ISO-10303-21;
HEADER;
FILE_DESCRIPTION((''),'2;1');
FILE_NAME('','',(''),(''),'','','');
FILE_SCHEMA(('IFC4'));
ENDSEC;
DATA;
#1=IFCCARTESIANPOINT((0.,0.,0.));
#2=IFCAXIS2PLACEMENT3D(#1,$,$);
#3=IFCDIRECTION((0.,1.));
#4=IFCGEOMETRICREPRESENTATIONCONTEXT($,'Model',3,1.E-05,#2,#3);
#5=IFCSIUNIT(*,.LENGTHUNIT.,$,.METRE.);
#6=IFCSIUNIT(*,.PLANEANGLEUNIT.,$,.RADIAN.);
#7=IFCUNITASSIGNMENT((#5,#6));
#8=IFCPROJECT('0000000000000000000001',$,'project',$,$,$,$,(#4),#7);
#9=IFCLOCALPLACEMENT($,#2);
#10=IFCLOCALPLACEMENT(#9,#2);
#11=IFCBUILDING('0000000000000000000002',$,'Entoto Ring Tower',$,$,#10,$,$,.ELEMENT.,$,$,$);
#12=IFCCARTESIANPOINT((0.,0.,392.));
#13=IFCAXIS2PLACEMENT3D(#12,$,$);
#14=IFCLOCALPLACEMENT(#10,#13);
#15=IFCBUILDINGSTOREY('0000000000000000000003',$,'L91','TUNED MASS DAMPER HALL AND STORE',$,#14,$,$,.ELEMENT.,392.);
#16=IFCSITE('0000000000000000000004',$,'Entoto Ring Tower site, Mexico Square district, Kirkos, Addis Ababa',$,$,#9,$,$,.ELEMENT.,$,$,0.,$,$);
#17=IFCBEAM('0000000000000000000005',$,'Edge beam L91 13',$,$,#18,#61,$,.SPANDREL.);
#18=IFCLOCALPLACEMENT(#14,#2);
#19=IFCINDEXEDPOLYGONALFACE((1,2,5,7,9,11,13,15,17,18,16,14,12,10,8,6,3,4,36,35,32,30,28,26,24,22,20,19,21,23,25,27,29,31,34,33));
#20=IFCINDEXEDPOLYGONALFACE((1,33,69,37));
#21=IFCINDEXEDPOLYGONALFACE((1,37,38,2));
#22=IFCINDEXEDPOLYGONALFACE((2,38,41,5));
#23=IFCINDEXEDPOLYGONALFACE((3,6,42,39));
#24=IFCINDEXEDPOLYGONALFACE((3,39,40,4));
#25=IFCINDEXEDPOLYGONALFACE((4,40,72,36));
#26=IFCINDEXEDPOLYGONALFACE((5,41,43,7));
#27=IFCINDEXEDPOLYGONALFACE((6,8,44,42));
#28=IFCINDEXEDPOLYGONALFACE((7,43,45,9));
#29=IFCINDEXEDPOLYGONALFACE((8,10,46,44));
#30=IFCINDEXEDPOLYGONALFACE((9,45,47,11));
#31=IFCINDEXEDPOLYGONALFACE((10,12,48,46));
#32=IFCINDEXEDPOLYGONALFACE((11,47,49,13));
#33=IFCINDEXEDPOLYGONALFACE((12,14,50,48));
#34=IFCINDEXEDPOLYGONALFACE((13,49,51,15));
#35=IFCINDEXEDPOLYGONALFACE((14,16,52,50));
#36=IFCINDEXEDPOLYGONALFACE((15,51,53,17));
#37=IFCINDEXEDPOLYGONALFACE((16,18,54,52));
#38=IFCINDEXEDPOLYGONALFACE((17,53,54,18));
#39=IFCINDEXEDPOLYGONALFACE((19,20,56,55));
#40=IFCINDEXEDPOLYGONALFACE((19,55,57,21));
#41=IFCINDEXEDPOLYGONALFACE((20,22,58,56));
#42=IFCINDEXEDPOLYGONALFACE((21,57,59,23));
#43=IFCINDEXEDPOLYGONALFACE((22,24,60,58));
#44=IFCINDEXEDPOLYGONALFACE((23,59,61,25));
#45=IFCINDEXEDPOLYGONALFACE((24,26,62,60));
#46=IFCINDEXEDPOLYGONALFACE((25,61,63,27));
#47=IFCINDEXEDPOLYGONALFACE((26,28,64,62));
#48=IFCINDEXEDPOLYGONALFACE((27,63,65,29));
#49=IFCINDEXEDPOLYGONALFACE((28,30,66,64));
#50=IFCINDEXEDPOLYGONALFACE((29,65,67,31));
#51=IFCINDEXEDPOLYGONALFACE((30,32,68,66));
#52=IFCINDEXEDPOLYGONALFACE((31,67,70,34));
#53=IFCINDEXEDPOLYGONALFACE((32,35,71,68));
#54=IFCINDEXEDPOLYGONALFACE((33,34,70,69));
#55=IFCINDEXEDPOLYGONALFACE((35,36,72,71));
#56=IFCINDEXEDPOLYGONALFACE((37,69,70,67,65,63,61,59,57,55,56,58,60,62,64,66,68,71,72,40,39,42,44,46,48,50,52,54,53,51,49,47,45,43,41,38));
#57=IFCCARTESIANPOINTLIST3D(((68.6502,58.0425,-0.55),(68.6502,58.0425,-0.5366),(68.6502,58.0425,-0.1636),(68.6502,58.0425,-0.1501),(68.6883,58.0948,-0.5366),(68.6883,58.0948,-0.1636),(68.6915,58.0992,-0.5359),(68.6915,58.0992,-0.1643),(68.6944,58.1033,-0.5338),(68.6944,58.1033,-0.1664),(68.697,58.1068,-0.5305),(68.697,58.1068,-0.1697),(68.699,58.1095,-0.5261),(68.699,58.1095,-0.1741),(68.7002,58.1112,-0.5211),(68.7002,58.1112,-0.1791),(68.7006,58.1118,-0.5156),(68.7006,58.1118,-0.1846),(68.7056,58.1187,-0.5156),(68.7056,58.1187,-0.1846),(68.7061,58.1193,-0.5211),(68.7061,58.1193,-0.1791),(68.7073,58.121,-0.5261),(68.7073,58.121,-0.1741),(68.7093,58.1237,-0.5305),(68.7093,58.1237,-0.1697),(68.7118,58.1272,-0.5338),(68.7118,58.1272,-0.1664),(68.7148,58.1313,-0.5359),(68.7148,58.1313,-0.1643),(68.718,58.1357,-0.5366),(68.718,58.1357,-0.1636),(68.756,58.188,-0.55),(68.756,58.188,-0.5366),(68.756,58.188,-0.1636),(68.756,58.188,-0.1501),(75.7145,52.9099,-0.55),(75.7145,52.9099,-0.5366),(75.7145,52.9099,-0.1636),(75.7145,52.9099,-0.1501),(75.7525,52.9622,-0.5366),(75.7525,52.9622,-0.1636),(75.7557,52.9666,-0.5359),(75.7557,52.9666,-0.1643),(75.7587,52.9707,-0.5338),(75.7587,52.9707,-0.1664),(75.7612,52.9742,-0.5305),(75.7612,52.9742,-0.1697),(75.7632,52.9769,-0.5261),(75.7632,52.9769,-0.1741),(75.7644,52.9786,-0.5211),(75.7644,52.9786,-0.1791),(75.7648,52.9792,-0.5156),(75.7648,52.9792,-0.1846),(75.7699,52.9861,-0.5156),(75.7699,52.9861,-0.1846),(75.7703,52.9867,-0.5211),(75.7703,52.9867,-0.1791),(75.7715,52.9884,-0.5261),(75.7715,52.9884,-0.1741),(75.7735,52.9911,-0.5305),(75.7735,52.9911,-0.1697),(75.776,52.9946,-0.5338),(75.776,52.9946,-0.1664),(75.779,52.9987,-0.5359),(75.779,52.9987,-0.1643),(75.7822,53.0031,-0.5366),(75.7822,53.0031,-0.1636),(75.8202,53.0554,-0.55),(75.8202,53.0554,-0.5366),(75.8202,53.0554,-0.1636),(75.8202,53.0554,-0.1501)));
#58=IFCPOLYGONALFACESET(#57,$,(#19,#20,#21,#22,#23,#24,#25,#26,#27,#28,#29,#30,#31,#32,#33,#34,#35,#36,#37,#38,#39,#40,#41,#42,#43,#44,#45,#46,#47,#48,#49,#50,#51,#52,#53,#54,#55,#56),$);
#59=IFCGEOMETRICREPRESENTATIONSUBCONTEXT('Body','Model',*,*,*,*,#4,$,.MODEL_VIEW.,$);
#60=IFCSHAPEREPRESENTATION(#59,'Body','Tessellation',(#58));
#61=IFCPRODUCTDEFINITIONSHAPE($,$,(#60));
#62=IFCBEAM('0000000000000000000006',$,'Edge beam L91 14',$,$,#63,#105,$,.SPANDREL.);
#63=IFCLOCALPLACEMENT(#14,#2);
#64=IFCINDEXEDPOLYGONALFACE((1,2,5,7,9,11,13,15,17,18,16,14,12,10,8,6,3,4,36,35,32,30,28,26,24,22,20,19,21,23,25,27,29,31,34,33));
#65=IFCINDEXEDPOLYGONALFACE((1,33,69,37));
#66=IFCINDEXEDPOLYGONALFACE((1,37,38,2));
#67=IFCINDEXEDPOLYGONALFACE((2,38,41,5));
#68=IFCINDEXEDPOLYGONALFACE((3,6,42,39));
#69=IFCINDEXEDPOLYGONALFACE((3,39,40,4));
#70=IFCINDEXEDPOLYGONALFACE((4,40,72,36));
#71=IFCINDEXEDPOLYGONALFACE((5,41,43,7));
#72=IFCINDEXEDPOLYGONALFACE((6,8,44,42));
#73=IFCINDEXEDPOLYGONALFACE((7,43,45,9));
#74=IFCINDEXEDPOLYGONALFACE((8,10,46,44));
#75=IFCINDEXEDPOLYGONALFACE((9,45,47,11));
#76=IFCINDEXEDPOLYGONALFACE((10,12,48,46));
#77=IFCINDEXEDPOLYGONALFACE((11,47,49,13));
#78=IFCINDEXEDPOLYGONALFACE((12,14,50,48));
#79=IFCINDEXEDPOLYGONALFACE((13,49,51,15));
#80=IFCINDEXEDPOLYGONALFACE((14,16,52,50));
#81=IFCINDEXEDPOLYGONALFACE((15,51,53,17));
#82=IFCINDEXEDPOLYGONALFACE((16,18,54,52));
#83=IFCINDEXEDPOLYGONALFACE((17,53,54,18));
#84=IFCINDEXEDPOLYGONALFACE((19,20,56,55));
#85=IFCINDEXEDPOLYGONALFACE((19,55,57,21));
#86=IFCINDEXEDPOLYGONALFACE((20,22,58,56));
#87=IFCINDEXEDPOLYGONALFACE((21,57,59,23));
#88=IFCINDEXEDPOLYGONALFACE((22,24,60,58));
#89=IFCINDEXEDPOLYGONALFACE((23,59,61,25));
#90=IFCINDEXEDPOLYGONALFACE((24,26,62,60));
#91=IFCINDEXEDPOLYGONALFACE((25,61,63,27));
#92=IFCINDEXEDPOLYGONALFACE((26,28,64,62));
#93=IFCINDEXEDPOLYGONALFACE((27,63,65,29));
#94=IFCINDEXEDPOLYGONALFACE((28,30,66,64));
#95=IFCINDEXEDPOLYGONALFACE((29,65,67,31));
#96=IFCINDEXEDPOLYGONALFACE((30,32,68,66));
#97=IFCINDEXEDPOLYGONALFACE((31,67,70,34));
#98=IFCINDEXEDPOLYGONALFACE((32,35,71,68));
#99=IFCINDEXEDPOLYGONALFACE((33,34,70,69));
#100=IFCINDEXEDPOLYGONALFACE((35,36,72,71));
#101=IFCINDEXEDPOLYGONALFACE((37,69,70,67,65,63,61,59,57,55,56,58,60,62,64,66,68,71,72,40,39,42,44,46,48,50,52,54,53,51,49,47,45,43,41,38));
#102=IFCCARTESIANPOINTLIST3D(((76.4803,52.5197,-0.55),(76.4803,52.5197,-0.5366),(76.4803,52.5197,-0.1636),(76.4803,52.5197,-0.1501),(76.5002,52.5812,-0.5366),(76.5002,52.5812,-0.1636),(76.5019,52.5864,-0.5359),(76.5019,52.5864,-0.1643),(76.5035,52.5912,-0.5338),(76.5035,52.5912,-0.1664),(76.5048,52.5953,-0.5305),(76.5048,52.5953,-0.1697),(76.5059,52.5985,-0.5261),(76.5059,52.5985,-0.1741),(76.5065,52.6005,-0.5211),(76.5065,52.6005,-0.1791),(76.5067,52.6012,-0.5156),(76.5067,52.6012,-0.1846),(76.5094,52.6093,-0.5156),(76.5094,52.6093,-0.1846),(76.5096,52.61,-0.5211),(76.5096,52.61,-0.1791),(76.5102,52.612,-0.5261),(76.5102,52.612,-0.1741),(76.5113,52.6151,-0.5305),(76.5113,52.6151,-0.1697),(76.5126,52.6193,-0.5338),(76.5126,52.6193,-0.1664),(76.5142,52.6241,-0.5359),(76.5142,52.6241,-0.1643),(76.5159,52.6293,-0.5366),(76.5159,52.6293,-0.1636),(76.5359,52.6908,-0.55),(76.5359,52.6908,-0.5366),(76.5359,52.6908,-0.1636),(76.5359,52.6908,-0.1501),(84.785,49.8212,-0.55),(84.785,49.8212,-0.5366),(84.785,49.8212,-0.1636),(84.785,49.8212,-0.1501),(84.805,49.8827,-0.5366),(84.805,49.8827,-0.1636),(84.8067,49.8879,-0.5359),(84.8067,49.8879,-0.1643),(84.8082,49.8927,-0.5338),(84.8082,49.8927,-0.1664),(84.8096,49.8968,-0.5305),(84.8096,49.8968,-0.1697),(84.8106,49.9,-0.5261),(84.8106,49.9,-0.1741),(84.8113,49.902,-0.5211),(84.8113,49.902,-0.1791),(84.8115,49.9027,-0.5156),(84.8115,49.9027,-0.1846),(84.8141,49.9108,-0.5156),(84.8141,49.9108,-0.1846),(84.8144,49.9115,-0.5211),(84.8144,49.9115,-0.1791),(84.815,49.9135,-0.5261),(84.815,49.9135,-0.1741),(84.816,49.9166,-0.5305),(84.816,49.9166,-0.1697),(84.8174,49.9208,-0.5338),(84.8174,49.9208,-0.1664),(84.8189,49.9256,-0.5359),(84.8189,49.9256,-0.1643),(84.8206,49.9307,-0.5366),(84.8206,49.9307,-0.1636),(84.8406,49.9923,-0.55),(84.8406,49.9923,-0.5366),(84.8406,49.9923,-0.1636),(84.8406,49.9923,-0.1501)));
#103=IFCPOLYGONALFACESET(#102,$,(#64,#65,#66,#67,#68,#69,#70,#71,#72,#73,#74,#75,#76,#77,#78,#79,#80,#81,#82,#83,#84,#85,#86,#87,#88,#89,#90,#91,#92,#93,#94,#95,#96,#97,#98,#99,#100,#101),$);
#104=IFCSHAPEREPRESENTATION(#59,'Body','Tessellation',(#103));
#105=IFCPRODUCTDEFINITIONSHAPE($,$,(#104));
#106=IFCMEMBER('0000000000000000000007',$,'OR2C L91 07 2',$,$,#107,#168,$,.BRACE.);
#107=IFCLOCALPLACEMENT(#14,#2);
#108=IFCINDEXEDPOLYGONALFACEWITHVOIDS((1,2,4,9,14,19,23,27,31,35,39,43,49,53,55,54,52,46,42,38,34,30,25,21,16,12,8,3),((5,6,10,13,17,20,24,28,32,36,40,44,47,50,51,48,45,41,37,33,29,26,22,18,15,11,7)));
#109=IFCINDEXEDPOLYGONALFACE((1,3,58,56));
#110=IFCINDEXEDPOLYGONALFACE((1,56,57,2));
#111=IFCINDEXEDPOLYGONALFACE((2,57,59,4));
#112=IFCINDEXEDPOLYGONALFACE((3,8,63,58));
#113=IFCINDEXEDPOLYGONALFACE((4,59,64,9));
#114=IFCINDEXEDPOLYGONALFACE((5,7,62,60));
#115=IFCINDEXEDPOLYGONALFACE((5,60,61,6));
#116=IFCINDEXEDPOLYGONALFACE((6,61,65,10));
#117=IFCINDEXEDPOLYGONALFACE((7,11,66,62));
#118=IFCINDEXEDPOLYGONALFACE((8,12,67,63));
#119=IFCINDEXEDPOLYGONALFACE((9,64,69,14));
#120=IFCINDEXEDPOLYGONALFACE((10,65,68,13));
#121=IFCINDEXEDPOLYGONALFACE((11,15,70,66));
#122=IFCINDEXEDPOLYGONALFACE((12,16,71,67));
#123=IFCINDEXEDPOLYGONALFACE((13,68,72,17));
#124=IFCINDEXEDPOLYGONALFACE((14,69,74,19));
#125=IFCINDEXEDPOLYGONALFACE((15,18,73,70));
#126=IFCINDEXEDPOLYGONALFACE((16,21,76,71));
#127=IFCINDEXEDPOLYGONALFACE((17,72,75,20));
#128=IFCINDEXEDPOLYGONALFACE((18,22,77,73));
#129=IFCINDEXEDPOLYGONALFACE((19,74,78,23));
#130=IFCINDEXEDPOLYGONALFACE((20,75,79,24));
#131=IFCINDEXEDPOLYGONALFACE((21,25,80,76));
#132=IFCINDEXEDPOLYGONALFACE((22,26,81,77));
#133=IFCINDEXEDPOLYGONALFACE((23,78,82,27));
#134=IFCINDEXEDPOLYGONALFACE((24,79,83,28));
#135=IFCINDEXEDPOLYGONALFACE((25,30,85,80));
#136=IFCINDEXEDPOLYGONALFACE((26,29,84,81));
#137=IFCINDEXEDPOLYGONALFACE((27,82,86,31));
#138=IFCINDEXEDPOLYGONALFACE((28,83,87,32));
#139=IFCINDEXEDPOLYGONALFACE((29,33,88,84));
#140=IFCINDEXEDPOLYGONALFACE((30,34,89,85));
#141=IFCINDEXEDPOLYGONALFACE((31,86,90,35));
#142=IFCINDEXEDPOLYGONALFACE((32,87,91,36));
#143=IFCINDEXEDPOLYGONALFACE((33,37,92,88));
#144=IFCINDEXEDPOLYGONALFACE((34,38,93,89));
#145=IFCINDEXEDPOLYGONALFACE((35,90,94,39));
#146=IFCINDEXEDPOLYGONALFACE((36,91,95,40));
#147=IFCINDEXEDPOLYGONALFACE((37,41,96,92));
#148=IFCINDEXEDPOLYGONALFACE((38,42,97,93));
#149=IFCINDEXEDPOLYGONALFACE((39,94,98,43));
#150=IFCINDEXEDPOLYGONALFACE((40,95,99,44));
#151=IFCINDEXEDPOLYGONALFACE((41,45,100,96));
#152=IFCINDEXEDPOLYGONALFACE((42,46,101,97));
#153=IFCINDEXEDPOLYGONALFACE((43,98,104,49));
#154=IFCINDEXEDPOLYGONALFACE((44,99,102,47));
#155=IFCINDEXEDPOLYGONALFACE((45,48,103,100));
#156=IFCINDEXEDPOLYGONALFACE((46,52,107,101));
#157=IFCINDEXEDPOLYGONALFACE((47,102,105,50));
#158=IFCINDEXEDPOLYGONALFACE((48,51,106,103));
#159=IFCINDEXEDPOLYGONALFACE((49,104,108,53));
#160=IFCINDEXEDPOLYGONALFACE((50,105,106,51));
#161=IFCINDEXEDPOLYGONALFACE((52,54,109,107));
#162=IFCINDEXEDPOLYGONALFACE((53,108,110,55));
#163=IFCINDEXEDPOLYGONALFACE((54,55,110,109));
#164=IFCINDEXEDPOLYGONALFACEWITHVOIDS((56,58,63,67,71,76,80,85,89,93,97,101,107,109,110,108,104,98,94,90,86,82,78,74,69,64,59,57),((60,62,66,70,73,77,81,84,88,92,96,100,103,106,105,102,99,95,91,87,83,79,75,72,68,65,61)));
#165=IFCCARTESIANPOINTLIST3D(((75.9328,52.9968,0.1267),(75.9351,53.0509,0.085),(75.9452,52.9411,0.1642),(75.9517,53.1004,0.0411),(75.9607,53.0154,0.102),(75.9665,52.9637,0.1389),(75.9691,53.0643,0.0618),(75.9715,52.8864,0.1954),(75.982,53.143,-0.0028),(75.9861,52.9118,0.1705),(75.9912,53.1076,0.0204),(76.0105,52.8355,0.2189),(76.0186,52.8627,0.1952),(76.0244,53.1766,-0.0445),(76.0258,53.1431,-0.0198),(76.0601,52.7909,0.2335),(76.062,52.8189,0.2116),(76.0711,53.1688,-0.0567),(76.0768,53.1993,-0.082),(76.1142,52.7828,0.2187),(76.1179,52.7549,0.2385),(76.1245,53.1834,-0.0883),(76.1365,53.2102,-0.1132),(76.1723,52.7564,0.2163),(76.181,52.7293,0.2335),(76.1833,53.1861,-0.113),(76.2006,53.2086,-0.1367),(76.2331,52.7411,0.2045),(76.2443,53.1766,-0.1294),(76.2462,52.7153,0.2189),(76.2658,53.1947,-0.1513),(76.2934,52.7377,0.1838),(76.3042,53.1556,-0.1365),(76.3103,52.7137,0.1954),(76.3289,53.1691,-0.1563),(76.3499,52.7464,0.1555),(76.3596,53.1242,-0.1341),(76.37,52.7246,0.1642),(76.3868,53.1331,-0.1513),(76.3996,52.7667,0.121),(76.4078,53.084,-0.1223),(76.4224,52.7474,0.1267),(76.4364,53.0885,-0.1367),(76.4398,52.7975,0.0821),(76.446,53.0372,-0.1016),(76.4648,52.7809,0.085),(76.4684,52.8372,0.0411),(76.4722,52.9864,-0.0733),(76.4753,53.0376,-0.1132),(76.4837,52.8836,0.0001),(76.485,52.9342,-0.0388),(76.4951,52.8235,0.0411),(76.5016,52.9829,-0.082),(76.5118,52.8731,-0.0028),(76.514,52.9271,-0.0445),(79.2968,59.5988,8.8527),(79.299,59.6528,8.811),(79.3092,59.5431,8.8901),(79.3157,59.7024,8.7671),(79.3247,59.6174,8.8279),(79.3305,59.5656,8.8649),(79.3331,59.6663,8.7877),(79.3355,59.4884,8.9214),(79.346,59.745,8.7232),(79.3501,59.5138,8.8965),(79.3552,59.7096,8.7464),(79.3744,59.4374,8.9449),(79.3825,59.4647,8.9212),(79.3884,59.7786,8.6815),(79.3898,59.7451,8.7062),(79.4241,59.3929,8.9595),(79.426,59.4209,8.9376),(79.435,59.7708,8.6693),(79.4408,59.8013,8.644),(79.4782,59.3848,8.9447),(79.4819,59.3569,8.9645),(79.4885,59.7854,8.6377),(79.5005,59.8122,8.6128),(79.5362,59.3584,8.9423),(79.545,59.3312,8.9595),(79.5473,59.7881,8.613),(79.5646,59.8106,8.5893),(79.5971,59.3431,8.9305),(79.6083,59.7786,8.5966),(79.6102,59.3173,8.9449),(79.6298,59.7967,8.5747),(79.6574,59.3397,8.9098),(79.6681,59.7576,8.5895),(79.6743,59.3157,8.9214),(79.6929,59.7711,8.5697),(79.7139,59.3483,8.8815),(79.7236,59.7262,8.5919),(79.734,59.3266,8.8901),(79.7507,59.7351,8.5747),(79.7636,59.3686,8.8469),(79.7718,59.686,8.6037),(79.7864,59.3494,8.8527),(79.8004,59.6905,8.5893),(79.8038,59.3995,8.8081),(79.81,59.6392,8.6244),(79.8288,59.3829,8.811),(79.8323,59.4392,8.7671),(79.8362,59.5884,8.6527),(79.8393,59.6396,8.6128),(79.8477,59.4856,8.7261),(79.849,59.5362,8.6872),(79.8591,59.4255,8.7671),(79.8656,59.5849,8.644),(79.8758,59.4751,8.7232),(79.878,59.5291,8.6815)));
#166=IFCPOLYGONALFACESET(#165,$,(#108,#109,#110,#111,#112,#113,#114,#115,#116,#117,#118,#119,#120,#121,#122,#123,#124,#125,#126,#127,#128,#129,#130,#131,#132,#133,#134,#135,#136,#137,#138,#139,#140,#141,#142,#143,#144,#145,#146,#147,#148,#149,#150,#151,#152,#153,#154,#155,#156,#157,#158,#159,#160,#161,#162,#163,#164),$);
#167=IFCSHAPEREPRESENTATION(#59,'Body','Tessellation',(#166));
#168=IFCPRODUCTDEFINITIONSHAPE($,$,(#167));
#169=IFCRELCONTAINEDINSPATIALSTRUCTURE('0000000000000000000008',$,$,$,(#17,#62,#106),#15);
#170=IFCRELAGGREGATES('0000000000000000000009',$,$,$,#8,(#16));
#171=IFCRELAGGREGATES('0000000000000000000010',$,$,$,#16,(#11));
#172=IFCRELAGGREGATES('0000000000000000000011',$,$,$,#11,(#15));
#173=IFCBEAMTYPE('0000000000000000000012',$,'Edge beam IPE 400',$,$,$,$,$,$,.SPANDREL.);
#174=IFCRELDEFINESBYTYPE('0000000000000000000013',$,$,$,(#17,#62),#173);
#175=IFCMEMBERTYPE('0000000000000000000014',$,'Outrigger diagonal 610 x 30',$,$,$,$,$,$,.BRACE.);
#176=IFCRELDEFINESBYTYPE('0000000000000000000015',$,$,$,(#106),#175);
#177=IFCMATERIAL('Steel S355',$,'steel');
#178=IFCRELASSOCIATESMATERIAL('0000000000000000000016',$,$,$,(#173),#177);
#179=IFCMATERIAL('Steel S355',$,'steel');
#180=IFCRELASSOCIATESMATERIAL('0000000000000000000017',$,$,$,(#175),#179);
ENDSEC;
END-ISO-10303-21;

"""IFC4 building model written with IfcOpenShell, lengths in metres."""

from ifc_helpers import new_model, si_unit, direction, frame, origin, origin_2d, place, context, subcontext, project, spatial, circle, hollow_circle, i_section, extrude, material, material_profile, profile_set, type_object, element, save


model = new_model("IFC4")

# Units and contexts
model_context = context("Model", 3, precision=1e-05, world=origin(), true_north=direction((0.0, 1.0)))
body_context = subcontext(model_context, "Body", "Model", "MODEL_VIEW")
ifc_project = project(units=[si_unit("LENGTHUNIT", "METRE"), si_unit("PLANEANGLEUNIT", "RADIAN")], contexts=[model_context])

# Site, building, storey
site_placement = place(None, origin())
site = spatial("IfcSite", under=ifc_project, at=site_placement, Name="Entoto Ring Tower site, Mexico Square district, Kirkos, Addis Ababa", CompositionType="ELEMENT", RefElevation=0.0)
building_placement = place(site_placement, origin())
building = spatial("IfcBuilding", under=site, at=building_placement, Name="Entoto Ring Tower", CompositionType="ELEMENT")
storey_placement = place(building_placement, frame((0.0, 0.0, 392.0)))
storey = spatial("IfcBuildingStorey", under=building, at=storey_placement, Name="L91", Description="TUNED MASS DAMPER HALL AND STORE", CompositionType="ELEMENT", Elevation=392.0)

# Beams
ifc_material_1 = material(Name="Steel S355", Category="steel")
ifc_material_profile_1 = material_profile(ifc_material_1, i_section(OverallWidth=0.1799, OverallDepth=0.3999, WebThickness=0.0085, FlangeThickness=0.0134, FilletRadius=0.021, at=origin_2d()), Name="IPE 400")
ifc_profile_set_1 = profile_set([ifc_material_profile_1], Name="Steel S355")
beam_type_1 = type_object("IfcBeamType", Name="Edge beam IPE 400", PredefinedType="SPANDREL", material=ifc_profile_set_1)
beam_1_placement = place(storey_placement, frame((68.7031, 58.1152, -0.3501), z_axis=(0.80901, -0.587794, 0.0), x_axis=(0.587794, 0.80901, 0.0)))
element("IfcBeam", 1, at=beam_1_placement, inside=storey, type_object=beam_type_1, Name="Edge beam L91 13", PredefinedType="SPANDREL", context=body_context, shape_type="SweptSolid", body=[
    extrude(i_section(OverallWidth=0.1799, OverallDepth=0.3999, WebThickness=0.0085, FlangeThickness=0.0134, FilletRadius=0.021, at=origin_2d()), origin(), (0.0, 0.0, 1.0), 8.7319),
])
beam_2_placement = place(storey_placement, frame((76.5081, 52.6052, -0.3501), z_axis=(0.951052, -0.30903, 0.0), x_axis=(0.30903, 0.951052, 0.0)))
element("IfcBeam", 2, at=beam_2_placement, inside=storey, type_object=beam_type_1, Name="Edge beam L91 14", PredefinedType="SPANDREL", context=body_context, shape_type="SweptSolid", body=[
    extrude(i_section(OverallWidth=0.1799, OverallDepth=0.3999, WebThickness=0.0085, FlangeThickness=0.0134, FilletRadius=0.021, at=origin_2d()), origin(), (0.0, 0.0, 1.0), 8.7322),
])

# Member
ifc_material_2 = material(Name="Steel S355", Category="steel")
ifc_material_profile_2 = material_profile(ifc_material_2, hollow_circle(Radius=0.3049, WallThickness=0.03, at=origin_2d()), Name="CHS 610 x 30")
ifc_material_3 = material(Name="Concrete C60/75", Category="concrete")
ifc_material_profile_3 = material_profile(ifc_material_3, circle(Radius=0.2749, at=origin_2d()), Name="Concrete C60/75 infill")
ifc_profile_set_2 = profile_set([ifc_material_profile_2, ifc_material_profile_3], Name="Steel S355")
member_type_1 = type_object("IfcMemberType", Name="Outrigger diagonal 610 x 30", PredefinedType="BRACE", material=ifc_profile_set_2)
member_1_placement = place(storey_placement, frame((79.5874, 59.564, 8.7671), z_axis=(-0.293861, -0.576718, -0.762261), x_axis=(0.891001, -0.454001, 0.0)))
element("IfcMember", 3, at=member_1_placement, inside=storey, type_object=member_type_1, Name="OR2C L91 07 2", PredefinedType="BRACE", context=body_context, shape_type="SweptSolid", body=[
    extrude(hollow_circle(Radius=0.3049, WallThickness=0.03, at=origin_2d()), origin(), (0.0, 0.0, 1.0), 11.4475),
])

save(model, "model.ifc")
